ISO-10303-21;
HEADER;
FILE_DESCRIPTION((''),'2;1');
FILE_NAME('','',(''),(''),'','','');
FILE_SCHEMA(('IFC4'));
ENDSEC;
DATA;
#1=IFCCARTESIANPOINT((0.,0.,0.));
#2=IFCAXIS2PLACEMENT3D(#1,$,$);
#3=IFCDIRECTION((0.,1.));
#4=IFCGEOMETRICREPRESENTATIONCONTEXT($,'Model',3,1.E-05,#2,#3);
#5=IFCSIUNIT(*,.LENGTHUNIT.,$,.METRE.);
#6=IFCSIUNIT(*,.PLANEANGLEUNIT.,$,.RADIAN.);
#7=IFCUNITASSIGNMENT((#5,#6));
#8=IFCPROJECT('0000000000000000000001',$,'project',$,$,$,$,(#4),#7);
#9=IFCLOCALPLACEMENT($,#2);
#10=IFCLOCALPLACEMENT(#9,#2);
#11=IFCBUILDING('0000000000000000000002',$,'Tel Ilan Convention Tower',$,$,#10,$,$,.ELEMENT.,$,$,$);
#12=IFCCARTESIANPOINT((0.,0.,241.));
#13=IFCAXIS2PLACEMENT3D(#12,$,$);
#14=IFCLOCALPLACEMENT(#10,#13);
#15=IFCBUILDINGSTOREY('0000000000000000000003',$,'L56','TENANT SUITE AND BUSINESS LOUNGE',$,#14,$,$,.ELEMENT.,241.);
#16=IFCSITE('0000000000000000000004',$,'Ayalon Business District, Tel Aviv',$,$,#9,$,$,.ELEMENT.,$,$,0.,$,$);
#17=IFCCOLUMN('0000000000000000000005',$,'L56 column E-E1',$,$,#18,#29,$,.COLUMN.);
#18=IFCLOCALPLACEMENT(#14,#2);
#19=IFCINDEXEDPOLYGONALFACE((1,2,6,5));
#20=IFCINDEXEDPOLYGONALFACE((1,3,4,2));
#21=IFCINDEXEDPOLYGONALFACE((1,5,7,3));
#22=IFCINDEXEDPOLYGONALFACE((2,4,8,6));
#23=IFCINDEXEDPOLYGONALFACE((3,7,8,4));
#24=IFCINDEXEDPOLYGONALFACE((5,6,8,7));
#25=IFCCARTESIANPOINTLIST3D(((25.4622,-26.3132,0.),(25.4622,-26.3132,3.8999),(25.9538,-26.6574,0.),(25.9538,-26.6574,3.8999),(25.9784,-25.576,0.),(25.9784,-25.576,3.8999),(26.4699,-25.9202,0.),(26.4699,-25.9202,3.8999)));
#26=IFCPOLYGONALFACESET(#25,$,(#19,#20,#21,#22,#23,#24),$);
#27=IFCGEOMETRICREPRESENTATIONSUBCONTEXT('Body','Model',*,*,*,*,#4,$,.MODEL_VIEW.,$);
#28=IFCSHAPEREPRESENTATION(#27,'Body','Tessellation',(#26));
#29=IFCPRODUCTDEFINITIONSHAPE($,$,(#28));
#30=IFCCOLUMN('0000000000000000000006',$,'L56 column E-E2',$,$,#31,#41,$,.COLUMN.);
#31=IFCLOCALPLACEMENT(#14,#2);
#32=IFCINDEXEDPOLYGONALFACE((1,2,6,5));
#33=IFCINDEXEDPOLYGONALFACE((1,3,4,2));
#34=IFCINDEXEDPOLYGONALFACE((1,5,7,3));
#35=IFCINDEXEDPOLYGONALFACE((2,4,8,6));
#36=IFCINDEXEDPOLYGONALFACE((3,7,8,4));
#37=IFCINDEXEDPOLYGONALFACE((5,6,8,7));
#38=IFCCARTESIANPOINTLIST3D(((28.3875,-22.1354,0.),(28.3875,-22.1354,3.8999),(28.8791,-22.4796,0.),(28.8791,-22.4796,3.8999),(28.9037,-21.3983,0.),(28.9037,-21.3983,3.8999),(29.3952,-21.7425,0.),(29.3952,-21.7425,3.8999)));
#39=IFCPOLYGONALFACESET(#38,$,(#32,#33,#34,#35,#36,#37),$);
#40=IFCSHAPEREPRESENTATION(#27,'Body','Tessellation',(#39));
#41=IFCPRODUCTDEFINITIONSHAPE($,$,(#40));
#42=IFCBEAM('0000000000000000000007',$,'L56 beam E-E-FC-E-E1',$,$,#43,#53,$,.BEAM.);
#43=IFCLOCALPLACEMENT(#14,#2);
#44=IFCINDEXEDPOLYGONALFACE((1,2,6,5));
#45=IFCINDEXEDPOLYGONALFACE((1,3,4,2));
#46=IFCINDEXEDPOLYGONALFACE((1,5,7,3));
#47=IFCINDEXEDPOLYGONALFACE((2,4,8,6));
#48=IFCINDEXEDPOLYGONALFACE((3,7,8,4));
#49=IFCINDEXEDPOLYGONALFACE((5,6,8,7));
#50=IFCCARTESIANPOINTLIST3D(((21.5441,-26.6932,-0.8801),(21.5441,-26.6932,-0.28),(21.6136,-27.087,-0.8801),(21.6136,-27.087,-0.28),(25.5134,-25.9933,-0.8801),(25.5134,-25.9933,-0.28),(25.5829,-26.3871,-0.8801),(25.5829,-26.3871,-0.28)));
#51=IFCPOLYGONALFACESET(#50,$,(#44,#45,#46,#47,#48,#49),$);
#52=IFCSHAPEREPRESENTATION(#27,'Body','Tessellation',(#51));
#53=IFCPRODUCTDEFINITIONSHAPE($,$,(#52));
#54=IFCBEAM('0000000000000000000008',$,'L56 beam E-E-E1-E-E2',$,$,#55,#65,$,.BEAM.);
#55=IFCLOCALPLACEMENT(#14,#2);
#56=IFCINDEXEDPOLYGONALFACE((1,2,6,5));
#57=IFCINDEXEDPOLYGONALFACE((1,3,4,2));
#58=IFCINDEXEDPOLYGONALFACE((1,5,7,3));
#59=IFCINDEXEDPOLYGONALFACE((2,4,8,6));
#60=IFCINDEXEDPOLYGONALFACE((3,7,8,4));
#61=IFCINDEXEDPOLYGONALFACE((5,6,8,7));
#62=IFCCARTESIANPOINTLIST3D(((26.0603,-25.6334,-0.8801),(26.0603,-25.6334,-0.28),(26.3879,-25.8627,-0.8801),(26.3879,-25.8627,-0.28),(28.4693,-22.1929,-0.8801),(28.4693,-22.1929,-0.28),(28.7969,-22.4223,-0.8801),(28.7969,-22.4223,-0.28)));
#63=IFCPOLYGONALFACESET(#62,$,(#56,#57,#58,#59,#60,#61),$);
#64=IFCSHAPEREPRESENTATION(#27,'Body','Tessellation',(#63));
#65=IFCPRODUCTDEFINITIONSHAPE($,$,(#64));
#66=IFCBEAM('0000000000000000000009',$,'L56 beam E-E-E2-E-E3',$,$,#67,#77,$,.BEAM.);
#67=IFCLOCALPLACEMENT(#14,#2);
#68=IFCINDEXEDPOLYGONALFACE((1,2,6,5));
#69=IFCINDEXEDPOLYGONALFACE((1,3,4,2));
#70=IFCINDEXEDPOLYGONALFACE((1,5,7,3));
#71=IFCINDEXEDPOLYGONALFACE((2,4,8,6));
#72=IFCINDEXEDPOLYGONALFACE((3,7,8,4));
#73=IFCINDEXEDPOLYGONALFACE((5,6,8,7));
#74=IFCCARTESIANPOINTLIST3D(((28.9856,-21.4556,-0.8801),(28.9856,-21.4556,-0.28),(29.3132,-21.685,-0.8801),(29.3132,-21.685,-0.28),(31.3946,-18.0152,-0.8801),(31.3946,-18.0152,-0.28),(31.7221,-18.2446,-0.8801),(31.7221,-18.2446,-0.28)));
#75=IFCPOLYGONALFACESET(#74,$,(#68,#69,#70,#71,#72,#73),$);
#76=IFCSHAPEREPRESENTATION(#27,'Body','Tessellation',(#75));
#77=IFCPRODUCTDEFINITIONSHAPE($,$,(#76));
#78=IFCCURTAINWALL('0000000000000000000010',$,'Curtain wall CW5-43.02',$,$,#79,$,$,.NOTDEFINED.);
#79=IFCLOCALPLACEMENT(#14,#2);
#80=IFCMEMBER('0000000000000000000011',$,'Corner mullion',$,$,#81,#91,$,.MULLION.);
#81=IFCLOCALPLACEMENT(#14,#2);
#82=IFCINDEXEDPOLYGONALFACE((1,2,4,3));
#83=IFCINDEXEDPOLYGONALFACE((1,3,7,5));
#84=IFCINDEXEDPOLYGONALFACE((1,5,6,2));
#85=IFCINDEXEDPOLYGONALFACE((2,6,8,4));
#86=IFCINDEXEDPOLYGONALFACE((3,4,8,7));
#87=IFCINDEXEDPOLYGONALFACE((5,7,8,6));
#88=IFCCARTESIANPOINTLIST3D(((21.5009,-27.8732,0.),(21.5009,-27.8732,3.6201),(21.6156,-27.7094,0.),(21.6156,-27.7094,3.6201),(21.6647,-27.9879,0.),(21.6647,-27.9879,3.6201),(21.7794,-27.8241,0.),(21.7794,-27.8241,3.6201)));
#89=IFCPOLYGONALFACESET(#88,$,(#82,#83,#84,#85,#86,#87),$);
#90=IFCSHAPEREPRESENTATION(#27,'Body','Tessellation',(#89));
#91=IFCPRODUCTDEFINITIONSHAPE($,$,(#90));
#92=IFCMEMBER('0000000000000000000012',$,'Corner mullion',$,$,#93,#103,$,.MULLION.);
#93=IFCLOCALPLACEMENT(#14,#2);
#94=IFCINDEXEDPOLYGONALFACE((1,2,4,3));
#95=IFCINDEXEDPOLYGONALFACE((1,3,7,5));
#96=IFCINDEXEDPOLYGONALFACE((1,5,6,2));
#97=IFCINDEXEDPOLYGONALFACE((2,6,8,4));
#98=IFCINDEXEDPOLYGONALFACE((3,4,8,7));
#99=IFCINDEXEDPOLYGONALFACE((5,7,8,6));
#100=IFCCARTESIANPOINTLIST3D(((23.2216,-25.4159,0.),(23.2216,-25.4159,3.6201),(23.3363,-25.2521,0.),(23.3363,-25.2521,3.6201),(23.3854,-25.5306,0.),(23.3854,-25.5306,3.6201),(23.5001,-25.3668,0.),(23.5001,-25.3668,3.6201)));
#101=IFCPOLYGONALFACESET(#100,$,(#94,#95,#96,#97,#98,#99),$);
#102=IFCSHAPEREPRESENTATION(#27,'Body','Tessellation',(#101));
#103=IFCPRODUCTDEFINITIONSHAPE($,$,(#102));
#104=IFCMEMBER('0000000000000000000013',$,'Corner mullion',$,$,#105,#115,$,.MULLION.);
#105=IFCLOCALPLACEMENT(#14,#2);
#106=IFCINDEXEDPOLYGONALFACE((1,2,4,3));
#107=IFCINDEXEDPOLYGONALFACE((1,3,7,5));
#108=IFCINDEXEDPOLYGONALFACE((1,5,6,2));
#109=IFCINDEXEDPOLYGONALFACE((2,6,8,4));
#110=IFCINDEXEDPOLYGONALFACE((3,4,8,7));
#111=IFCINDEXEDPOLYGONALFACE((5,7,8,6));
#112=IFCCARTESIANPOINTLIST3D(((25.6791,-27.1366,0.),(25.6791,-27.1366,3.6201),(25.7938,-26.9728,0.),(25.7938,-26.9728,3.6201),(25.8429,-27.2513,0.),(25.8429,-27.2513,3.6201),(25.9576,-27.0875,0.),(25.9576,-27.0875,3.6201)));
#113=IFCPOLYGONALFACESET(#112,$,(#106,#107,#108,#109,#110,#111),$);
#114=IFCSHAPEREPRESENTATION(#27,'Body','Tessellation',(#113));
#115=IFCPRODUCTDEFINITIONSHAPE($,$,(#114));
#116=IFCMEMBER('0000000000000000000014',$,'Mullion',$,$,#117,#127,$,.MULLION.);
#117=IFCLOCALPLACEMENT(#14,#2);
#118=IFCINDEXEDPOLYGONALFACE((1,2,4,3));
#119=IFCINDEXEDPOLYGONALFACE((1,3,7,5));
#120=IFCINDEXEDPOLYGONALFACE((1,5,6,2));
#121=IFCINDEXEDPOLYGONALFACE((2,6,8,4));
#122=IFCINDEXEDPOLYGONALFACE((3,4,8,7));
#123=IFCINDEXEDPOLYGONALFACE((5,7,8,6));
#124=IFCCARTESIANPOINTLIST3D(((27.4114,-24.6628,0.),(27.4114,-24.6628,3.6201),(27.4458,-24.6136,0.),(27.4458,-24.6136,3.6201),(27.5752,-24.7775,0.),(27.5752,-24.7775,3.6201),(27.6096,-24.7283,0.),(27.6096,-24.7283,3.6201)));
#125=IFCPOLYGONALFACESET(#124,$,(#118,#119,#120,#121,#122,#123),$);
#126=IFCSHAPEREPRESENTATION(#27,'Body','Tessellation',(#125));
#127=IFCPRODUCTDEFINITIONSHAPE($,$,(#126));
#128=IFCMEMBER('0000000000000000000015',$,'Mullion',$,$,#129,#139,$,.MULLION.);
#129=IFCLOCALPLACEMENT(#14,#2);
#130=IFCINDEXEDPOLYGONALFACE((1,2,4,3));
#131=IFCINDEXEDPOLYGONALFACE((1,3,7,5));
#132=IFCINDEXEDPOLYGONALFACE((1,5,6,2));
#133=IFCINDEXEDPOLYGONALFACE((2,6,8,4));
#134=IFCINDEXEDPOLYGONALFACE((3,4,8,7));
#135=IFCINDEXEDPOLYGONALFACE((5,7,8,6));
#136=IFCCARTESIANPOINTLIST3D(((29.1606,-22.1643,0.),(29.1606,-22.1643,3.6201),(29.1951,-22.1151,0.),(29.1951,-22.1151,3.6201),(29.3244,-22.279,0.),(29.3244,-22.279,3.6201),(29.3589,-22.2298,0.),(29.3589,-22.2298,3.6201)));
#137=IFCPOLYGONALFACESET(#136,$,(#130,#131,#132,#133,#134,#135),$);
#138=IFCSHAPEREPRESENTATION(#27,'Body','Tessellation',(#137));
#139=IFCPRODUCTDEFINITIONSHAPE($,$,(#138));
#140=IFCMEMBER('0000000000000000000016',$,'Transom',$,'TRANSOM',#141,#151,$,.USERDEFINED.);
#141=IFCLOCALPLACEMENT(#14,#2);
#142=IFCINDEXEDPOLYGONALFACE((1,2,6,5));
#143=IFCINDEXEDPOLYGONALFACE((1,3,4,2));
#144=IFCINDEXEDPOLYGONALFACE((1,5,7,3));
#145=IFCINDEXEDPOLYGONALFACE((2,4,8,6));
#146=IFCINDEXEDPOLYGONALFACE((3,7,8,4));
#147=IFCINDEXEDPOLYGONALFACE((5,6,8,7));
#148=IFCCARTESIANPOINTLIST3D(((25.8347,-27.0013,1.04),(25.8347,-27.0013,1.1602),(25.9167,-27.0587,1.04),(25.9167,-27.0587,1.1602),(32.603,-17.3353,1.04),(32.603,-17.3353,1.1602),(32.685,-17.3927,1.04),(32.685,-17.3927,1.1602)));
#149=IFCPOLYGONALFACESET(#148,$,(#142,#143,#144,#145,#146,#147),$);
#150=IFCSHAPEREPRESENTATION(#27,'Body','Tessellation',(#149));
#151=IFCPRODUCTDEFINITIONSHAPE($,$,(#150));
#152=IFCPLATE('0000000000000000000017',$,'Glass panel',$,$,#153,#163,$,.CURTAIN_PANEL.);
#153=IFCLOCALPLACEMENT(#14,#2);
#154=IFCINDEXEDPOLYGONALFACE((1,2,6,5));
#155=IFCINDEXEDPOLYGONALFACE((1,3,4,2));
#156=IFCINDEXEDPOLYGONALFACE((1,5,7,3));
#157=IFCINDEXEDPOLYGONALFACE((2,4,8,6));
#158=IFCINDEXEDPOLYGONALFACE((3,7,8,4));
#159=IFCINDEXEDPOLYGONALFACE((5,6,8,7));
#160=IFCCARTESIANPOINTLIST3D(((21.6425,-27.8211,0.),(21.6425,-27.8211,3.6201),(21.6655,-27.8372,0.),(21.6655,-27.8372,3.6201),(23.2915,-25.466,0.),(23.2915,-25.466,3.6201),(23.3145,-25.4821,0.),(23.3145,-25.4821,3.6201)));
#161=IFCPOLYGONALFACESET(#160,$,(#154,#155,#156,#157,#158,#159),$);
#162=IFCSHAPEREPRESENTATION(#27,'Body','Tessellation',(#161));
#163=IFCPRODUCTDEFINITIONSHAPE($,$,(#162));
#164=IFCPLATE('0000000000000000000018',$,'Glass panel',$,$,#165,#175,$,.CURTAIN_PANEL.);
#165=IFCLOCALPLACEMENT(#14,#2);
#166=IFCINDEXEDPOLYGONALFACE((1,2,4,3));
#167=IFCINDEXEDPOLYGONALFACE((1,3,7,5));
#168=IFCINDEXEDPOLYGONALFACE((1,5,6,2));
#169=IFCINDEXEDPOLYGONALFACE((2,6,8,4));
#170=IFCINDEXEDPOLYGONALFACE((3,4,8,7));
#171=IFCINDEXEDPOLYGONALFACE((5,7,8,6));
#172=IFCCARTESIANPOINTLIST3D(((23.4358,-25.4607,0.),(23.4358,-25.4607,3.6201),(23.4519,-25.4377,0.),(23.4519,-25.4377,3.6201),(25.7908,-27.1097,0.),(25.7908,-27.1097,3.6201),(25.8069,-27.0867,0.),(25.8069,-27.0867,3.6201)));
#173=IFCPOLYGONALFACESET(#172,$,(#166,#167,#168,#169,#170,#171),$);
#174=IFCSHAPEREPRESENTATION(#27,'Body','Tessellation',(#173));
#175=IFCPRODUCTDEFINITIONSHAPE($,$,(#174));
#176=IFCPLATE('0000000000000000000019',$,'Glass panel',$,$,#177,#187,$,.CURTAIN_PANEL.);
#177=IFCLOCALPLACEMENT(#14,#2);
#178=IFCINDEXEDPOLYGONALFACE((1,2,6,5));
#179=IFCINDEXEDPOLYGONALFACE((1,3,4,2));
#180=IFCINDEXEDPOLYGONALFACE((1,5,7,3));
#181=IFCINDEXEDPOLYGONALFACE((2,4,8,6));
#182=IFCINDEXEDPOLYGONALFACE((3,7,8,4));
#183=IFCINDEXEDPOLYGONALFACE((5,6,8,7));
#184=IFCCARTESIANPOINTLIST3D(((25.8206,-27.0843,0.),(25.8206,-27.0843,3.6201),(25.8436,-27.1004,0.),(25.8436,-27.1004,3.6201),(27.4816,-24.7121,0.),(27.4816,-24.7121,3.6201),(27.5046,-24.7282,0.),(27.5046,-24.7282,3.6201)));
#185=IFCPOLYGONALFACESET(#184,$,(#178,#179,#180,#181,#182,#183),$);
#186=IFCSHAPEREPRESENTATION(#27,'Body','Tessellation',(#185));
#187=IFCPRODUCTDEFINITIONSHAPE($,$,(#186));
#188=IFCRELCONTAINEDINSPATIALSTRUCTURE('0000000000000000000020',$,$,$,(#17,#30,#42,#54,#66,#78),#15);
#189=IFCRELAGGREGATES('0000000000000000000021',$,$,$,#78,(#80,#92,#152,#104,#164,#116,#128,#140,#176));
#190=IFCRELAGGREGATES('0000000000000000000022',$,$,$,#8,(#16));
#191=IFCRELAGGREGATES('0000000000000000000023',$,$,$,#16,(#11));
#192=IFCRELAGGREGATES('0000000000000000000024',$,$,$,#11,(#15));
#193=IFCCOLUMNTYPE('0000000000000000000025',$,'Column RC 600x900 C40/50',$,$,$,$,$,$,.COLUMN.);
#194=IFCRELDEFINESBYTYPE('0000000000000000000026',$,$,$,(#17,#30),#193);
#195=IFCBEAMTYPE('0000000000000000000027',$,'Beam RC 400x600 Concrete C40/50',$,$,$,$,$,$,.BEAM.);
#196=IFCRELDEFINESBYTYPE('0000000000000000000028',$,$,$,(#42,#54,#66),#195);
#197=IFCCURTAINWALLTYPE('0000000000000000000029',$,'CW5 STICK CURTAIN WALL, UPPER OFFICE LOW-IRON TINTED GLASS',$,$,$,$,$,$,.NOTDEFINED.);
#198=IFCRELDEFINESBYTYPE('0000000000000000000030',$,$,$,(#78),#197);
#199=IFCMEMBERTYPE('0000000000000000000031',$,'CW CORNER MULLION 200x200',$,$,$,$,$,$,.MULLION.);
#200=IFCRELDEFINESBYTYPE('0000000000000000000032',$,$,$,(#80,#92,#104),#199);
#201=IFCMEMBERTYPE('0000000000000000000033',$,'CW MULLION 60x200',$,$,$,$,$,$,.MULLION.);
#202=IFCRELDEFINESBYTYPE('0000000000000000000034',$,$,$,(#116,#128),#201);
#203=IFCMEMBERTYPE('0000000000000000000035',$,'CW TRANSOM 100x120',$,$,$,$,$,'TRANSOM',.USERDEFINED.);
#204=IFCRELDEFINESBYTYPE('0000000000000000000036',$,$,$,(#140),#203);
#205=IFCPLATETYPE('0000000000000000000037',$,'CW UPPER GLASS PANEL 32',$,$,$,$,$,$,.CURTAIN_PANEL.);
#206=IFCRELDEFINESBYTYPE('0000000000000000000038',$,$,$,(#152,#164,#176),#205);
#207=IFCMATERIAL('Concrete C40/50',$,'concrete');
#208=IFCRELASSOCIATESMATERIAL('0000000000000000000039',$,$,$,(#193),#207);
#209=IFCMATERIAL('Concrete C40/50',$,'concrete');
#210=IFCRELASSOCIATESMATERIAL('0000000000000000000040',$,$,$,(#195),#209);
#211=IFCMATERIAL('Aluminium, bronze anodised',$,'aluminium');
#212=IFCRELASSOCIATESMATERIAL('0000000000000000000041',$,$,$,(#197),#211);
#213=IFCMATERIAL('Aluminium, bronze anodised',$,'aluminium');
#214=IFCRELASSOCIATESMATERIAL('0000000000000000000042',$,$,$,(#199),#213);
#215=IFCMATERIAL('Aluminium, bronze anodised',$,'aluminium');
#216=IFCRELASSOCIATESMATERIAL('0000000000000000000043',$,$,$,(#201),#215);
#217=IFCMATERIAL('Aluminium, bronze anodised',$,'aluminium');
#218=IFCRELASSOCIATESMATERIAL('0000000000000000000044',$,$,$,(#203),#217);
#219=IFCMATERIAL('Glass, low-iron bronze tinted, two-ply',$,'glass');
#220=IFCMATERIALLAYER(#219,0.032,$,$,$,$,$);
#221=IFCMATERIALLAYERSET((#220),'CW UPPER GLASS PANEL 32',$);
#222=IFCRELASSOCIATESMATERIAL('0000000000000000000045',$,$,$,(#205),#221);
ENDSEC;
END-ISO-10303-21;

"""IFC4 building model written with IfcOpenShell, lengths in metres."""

from ifc_helpers import new_model, si_unit, direction, frame, origin, origin_2d, place, context, subcontext, project, spatial, rectangle, extrude, material, layer, layer_set, material_profile, profile_set, type_object, element, aggregate, save


model = new_model("IFC4")

# Units and contexts
model_context = context("Model", 3, precision=1e-05, world=origin(), true_north=direction((0.0, 1.0)))
body_context = subcontext(model_context, "Body", "Model", "MODEL_VIEW")
ifc_project = project(units=[si_unit("LENGTHUNIT", "METRE"), si_unit("PLANEANGLEUNIT", "RADIAN")], contexts=[model_context])

# Site, building, storey
site_placement = place(None, origin())
site = spatial("IfcSite", under=ifc_project, at=site_placement, Name="Ayalon Business District, Tel Aviv", CompositionType="ELEMENT", RefElevation=0.0)
building_placement = place(site_placement, origin())
building = spatial("IfcBuilding", under=site, at=building_placement, Name="Tel Ilan Convention Tower", CompositionType="ELEMENT")
storey_placement = place(building_placement, frame((0.0, 0.0, 241.0)))
storey = spatial("IfcBuildingStorey", under=building, at=storey_placement, Name="L56", Description="TENANT SUITE AND BUSINESS LOUNGE", CompositionType="ELEMENT", Elevation=241.0)

# Columns
ifc_material_1 = material(Name="Concrete C40/50", Category="concrete")
ifc_material_profile_1 = material_profile(ifc_material_1, rectangle(XDim=0.8999, YDim=0.6001, at=origin_2d()), Name="RC 600x900")
ifc_profile_set_1 = profile_set([ifc_material_profile_1], Name="Concrete C40/50")
column_type = type_object("IfcColumnType", Name="Column RC 600x900 C40/50", PredefinedType="COLUMN", material=ifc_profile_set_1)
for number, where, z_axis, x_axis, name in (
    (1, (25.9661, -26.1167, 0.0), (0.0, 0.0, 1.0), (0.573576, 0.819152, 0.0), "L56 column E-E1"),
    (2, (28.8914, -21.939, 0.0), (0.0, 0.0, 1.0), (0.573576, 0.819152, 0.0), "L56 column E-E2"),
):
    element("IfcColumn", number, at=place(storey_placement, frame(where, z_axis=z_axis, x_axis=x_axis)), inside=storey, type_object=column_type, Name=name, PredefinedType="COLUMN", context=body_context, shape_type="SweptSolid", body=[
        extrude(rectangle(XDim=0.8999, YDim=0.6001, at=origin_2d()), origin(), (0.0, 0.0, 1.0), 3.8999),
    ])

# Beams
ifc_material_2 = material(Name="Concrete C40/50", Category="concrete")
ifc_material_profile_2 = material_profile(ifc_material_2, rectangle(XDim=0.3999, YDim=0.6001, at=origin_2d()), Name="RC 400x600")
ifc_profile_set_2 = profile_set([ifc_material_profile_2], Name="Concrete C40/50")
beam_type = type_object("IfcBeamType", Name="Beam RC 400x600 Concrete C40/50", PredefinedType="BEAM", material=ifc_profile_set_2)
beam_placement = place(storey_placement, frame((21.5789, -26.8901, -0.5801), z_axis=(0.984805, 0.173664, 0.0), x_axis=(-0.173664, 0.984805, 0.0)))
element("IfcBeam", 3, at=beam_placement, inside=storey, type_object=beam_type, Name="L56 beam E-E-FC-E-E1", PredefinedType="BEAM", context=body_context, shape_type="SweptSolid", body=[
    extrude(rectangle(XDim=0.3999, YDim=0.6001, at=origin_2d()), origin(), (0.0, 0.0, 1.0), 4.0305),
])
for number, where, z_axis, x_axis, name in (
    (4, (26.2241, -25.748, -0.5801), (0.573564, 0.819161, 0.0), (-0.819161, 0.573564, 0.0), "L56 beam E-E-E1-E-E2"),
    (5, (29.1494, -21.5703, -0.5801), (0.573564, 0.819161, 0.0), (-0.819161, 0.573564, 0.0), "L56 beam E-E-E2-E-E3"),
):
    element("IfcBeam", number, at=place(storey_placement, frame(where, z_axis=z_axis, x_axis=x_axis)), inside=storey, type_object=beam_type, Name=name, PredefinedType="BEAM", context=body_context, shape_type="SweptSolid", body=[
        extrude(rectangle(XDim=0.3999, YDim=0.6001, at=origin_2d()), origin(), (0.0, 0.0, 1.0), 4.2),
    ])

# Curtain wall, members, plates
ifc_material_3 = material(Name="Aluminium, bronze anodised", Category="aluminium")
curtain_wall_type = type_object("IfcCurtainWallType", Name="CW5 STICK CURTAIN WALL, UPPER OFFICE LOW-IRON TINTED GLASS", PredefinedType="NOTDEFINED", material=ifc_material_3)
curtain_wall_placement = place(storey_placement, origin())
curtain_wall = element("IfcCurtainWall", 6, at=curtain_wall_placement, inside=storey, type_object=curtain_wall_type, Name="Curtain wall CW5-43.02", PredefinedType="NOTDEFINED")
ifc_material_4 = material(Name="Aluminium, bronze anodised", Category="aluminium")
ifc_material_profile_3 = material_profile(ifc_material_4, rectangle(XDim=0.2, YDim=0.2, at=origin_2d()), Name="CW CORNER MULLION 200x200")
ifc_profile_set_3 = profile_set([ifc_material_profile_3], Name="Aluminium, bronze anodised")
member_type_1 = type_object("IfcMemberType", Name="CW CORNER MULLION 200x200", PredefinedType="MULLION", material=ifc_profile_set_3)
member_1_placement = place(storey_placement, frame((21.6401, -27.8486, 0.0), z_axis=(0.0, 0.0, 1.0), x_axis=(0.819152, -0.573576, 0.0)))
member_1 = element("IfcMember", 7, at=member_1_placement, type_object=member_type_1, Name="Corner mullion", PredefinedType="MULLION", context=body_context, shape_type="SweptSolid", body=[
    extrude(rectangle(XDim=0.2, YDim=0.2, at=origin_2d()), origin(), (0.0, 0.0, 1.0), 3.6201),
])
member_2_placement = place(storey_placement, frame((23.3608, -25.3914, 0.0), z_axis=(0.0, 0.0, 1.0), x_axis=(0.573576, 0.819152, 0.0)))
member_2 = element("IfcMember", 8, at=member_2_placement, type_object=member_type_1, Name="Corner mullion", PredefinedType="MULLION", context=body_context, shape_type="SweptSolid", body=[
    extrude(rectangle(XDim=0.2, YDim=0.2, at=origin_2d()), origin(), (0.0, 0.0, 1.0), 3.6201),
])
member_3_placement = place(storey_placement, frame((25.8184, -27.1121, 0.0), z_axis=(0.0, 0.0, 1.0), x_axis=(0.819152, -0.573576, 0.0)))
member_3 = element("IfcMember", 9, at=member_3_placement, type_object=member_type_1, Name="Corner mullion", PredefinedType="MULLION", context=body_context, shape_type="SweptSolid", body=[
    extrude(rectangle(XDim=0.2, YDim=0.2, at=origin_2d()), origin(), (0.0, 0.0, 1.0), 3.6201),
])
ifc_material_5 = material(Name="Aluminium, bronze anodised", Category="aluminium")
ifc_material_profile_4 = material_profile(ifc_material_5, rectangle(XDim=0.0601, YDim=0.2, at=origin_2d()), Name="CW MULLION 60x200")
ifc_profile_set_4 = profile_set([ifc_material_profile_4], Name="Aluminium, bronze anodised")
member_type_2 = type_object("IfcMemberType", Name="CW MULLION 60x200", PredefinedType="MULLION", material=ifc_profile_set_4)
member_4_placement = place(storey_placement, frame((27.5105, -24.6956, 0.0), z_axis=(0.0, 0.0, 1.0), x_axis=(0.573576, 0.819152, 0.0)))
member_4 = element("IfcMember", 10, at=member_4_placement, type_object=member_type_2, Name="Mullion", PredefinedType="MULLION", context=body_context, shape_type="SweptSolid", body=[
    extrude(rectangle(XDim=0.0601, YDim=0.2, at=origin_2d()), origin(), (0.0, 0.0, 1.0), 3.6201),
])
member_5_placement = place(storey_placement, frame((29.2598, -22.197, 0.0), z_axis=(0.0, 0.0, 1.0), x_axis=(0.573576, 0.819152, 0.0)))
member_5 = element("IfcMember", 11, at=member_5_placement, type_object=member_type_2, Name="Mullion", PredefinedType="MULLION", context=body_context, shape_type="SweptSolid", body=[
    extrude(rectangle(XDim=0.0601, YDim=0.2, at=origin_2d()), origin(), (0.0, 0.0, 1.0), 3.6201),
])
ifc_material_6 = material(Name="Aluminium, bronze anodised", Category="aluminium")
ifc_material_profile_5 = material_profile(ifc_material_6, rectangle(XDim=0.1001, YDim=0.1201, at=origin_2d()), Name="CW TRANSOM 100x120")
ifc_profile_set_5 = profile_set([ifc_material_profile_5], Name="Aluminium, bronze anodised")
member_type_3 = type_object("IfcMemberType", Name="CW TRANSOM 100x120", ElementType="TRANSOM", PredefinedType="USERDEFINED", material=ifc_profile_set_5)
member_6_placement = place(storey_placement, frame((25.8757, -27.03, 1.1001), z_axis=(0.573582, 0.819148, 0.0), x_axis=(-0.819148, 0.573582, 0.0)))
member_6 = element("IfcMember", 12, at=member_6_placement, type_object=member_type_3, Name="Transom", ObjectType="TRANSOM", PredefinedType="USERDEFINED", context=body_context, shape_type="SweptSolid", body=[
    extrude(rectangle(XDim=0.1001, YDim=0.1201, at=origin_2d()), origin(), (0.0, 0.0, 1.0), 11.8),
])
ifc_material_7 = material(Name="Glass, low-iron bronze tinted, two-ply", Category="glass")
ifc_layer_1 = layer(ifc_material_7, 0.032)
ifc_layer_set_1 = layer_set([ifc_layer_1], Name="CW UPPER GLASS PANEL 32")
plate_type = type_object("IfcPlateType", Name="CW UPPER GLASS PANEL 32", PredefinedType="CURTAIN_PANEL", material=ifc_layer_set_1)
plate_1_placement = place(storey_placement, frame((22.4785, -26.6516, 0.0), z_axis=(0.0, 0.0, 1.0), x_axis=(0.573576, 0.819152, 0.0)))
plate_1 = element("IfcPlate", 13, at=plate_1_placement, type_object=plate_type, Name="Glass panel", PredefinedType="CURTAIN_PANEL", context=body_context, shape_type="SweptSolid", body=[
    extrude(rectangle(XDim=2.875, YDim=0.0281, at=origin_2d()), origin(), (0.0, 0.0, 1.0), 3.6201),
])
plate_2_placement = place(storey_placement, frame((24.6213, -26.2737, 0.0), z_axis=(0.0, 0.0, 1.0), x_axis=(0.819152, -0.573576, 0.0)))
plate_2 = element("IfcPlate", 14, at=plate_2_placement, type_object=plate_type, Name="Glass panel", PredefinedType="CURTAIN_PANEL", context=body_context, shape_type="SweptSolid", body=[
    extrude(rectangle(XDim=2.875, YDim=0.0281, at=origin_2d()), origin(), (0.0, 0.0, 1.0), 3.6201),
])
plate_3_placement = place(storey_placement, frame((26.6626, -25.9062, 0.0), z_axis=(0.0, 0.0, 1.0), x_axis=(0.573576, 0.819152, 0.0)))
plate_3 = element("IfcPlate", 15, at=plate_3_placement, type_object=plate_type, Name="Glass panel", PredefinedType="CURTAIN_PANEL", context=body_context, shape_type="SweptSolid", body=[
    extrude(rectangle(XDim=2.896, YDim=0.0281, at=origin_2d()), origin(), (0.0, 0.0, 1.0), 3.6201),
])
aggregate(curtain_wall, [member_1, member_2, plate_1, member_3, plate_2, member_4, member_5, member_6, plate_3])

save(model, "model.ifc")
